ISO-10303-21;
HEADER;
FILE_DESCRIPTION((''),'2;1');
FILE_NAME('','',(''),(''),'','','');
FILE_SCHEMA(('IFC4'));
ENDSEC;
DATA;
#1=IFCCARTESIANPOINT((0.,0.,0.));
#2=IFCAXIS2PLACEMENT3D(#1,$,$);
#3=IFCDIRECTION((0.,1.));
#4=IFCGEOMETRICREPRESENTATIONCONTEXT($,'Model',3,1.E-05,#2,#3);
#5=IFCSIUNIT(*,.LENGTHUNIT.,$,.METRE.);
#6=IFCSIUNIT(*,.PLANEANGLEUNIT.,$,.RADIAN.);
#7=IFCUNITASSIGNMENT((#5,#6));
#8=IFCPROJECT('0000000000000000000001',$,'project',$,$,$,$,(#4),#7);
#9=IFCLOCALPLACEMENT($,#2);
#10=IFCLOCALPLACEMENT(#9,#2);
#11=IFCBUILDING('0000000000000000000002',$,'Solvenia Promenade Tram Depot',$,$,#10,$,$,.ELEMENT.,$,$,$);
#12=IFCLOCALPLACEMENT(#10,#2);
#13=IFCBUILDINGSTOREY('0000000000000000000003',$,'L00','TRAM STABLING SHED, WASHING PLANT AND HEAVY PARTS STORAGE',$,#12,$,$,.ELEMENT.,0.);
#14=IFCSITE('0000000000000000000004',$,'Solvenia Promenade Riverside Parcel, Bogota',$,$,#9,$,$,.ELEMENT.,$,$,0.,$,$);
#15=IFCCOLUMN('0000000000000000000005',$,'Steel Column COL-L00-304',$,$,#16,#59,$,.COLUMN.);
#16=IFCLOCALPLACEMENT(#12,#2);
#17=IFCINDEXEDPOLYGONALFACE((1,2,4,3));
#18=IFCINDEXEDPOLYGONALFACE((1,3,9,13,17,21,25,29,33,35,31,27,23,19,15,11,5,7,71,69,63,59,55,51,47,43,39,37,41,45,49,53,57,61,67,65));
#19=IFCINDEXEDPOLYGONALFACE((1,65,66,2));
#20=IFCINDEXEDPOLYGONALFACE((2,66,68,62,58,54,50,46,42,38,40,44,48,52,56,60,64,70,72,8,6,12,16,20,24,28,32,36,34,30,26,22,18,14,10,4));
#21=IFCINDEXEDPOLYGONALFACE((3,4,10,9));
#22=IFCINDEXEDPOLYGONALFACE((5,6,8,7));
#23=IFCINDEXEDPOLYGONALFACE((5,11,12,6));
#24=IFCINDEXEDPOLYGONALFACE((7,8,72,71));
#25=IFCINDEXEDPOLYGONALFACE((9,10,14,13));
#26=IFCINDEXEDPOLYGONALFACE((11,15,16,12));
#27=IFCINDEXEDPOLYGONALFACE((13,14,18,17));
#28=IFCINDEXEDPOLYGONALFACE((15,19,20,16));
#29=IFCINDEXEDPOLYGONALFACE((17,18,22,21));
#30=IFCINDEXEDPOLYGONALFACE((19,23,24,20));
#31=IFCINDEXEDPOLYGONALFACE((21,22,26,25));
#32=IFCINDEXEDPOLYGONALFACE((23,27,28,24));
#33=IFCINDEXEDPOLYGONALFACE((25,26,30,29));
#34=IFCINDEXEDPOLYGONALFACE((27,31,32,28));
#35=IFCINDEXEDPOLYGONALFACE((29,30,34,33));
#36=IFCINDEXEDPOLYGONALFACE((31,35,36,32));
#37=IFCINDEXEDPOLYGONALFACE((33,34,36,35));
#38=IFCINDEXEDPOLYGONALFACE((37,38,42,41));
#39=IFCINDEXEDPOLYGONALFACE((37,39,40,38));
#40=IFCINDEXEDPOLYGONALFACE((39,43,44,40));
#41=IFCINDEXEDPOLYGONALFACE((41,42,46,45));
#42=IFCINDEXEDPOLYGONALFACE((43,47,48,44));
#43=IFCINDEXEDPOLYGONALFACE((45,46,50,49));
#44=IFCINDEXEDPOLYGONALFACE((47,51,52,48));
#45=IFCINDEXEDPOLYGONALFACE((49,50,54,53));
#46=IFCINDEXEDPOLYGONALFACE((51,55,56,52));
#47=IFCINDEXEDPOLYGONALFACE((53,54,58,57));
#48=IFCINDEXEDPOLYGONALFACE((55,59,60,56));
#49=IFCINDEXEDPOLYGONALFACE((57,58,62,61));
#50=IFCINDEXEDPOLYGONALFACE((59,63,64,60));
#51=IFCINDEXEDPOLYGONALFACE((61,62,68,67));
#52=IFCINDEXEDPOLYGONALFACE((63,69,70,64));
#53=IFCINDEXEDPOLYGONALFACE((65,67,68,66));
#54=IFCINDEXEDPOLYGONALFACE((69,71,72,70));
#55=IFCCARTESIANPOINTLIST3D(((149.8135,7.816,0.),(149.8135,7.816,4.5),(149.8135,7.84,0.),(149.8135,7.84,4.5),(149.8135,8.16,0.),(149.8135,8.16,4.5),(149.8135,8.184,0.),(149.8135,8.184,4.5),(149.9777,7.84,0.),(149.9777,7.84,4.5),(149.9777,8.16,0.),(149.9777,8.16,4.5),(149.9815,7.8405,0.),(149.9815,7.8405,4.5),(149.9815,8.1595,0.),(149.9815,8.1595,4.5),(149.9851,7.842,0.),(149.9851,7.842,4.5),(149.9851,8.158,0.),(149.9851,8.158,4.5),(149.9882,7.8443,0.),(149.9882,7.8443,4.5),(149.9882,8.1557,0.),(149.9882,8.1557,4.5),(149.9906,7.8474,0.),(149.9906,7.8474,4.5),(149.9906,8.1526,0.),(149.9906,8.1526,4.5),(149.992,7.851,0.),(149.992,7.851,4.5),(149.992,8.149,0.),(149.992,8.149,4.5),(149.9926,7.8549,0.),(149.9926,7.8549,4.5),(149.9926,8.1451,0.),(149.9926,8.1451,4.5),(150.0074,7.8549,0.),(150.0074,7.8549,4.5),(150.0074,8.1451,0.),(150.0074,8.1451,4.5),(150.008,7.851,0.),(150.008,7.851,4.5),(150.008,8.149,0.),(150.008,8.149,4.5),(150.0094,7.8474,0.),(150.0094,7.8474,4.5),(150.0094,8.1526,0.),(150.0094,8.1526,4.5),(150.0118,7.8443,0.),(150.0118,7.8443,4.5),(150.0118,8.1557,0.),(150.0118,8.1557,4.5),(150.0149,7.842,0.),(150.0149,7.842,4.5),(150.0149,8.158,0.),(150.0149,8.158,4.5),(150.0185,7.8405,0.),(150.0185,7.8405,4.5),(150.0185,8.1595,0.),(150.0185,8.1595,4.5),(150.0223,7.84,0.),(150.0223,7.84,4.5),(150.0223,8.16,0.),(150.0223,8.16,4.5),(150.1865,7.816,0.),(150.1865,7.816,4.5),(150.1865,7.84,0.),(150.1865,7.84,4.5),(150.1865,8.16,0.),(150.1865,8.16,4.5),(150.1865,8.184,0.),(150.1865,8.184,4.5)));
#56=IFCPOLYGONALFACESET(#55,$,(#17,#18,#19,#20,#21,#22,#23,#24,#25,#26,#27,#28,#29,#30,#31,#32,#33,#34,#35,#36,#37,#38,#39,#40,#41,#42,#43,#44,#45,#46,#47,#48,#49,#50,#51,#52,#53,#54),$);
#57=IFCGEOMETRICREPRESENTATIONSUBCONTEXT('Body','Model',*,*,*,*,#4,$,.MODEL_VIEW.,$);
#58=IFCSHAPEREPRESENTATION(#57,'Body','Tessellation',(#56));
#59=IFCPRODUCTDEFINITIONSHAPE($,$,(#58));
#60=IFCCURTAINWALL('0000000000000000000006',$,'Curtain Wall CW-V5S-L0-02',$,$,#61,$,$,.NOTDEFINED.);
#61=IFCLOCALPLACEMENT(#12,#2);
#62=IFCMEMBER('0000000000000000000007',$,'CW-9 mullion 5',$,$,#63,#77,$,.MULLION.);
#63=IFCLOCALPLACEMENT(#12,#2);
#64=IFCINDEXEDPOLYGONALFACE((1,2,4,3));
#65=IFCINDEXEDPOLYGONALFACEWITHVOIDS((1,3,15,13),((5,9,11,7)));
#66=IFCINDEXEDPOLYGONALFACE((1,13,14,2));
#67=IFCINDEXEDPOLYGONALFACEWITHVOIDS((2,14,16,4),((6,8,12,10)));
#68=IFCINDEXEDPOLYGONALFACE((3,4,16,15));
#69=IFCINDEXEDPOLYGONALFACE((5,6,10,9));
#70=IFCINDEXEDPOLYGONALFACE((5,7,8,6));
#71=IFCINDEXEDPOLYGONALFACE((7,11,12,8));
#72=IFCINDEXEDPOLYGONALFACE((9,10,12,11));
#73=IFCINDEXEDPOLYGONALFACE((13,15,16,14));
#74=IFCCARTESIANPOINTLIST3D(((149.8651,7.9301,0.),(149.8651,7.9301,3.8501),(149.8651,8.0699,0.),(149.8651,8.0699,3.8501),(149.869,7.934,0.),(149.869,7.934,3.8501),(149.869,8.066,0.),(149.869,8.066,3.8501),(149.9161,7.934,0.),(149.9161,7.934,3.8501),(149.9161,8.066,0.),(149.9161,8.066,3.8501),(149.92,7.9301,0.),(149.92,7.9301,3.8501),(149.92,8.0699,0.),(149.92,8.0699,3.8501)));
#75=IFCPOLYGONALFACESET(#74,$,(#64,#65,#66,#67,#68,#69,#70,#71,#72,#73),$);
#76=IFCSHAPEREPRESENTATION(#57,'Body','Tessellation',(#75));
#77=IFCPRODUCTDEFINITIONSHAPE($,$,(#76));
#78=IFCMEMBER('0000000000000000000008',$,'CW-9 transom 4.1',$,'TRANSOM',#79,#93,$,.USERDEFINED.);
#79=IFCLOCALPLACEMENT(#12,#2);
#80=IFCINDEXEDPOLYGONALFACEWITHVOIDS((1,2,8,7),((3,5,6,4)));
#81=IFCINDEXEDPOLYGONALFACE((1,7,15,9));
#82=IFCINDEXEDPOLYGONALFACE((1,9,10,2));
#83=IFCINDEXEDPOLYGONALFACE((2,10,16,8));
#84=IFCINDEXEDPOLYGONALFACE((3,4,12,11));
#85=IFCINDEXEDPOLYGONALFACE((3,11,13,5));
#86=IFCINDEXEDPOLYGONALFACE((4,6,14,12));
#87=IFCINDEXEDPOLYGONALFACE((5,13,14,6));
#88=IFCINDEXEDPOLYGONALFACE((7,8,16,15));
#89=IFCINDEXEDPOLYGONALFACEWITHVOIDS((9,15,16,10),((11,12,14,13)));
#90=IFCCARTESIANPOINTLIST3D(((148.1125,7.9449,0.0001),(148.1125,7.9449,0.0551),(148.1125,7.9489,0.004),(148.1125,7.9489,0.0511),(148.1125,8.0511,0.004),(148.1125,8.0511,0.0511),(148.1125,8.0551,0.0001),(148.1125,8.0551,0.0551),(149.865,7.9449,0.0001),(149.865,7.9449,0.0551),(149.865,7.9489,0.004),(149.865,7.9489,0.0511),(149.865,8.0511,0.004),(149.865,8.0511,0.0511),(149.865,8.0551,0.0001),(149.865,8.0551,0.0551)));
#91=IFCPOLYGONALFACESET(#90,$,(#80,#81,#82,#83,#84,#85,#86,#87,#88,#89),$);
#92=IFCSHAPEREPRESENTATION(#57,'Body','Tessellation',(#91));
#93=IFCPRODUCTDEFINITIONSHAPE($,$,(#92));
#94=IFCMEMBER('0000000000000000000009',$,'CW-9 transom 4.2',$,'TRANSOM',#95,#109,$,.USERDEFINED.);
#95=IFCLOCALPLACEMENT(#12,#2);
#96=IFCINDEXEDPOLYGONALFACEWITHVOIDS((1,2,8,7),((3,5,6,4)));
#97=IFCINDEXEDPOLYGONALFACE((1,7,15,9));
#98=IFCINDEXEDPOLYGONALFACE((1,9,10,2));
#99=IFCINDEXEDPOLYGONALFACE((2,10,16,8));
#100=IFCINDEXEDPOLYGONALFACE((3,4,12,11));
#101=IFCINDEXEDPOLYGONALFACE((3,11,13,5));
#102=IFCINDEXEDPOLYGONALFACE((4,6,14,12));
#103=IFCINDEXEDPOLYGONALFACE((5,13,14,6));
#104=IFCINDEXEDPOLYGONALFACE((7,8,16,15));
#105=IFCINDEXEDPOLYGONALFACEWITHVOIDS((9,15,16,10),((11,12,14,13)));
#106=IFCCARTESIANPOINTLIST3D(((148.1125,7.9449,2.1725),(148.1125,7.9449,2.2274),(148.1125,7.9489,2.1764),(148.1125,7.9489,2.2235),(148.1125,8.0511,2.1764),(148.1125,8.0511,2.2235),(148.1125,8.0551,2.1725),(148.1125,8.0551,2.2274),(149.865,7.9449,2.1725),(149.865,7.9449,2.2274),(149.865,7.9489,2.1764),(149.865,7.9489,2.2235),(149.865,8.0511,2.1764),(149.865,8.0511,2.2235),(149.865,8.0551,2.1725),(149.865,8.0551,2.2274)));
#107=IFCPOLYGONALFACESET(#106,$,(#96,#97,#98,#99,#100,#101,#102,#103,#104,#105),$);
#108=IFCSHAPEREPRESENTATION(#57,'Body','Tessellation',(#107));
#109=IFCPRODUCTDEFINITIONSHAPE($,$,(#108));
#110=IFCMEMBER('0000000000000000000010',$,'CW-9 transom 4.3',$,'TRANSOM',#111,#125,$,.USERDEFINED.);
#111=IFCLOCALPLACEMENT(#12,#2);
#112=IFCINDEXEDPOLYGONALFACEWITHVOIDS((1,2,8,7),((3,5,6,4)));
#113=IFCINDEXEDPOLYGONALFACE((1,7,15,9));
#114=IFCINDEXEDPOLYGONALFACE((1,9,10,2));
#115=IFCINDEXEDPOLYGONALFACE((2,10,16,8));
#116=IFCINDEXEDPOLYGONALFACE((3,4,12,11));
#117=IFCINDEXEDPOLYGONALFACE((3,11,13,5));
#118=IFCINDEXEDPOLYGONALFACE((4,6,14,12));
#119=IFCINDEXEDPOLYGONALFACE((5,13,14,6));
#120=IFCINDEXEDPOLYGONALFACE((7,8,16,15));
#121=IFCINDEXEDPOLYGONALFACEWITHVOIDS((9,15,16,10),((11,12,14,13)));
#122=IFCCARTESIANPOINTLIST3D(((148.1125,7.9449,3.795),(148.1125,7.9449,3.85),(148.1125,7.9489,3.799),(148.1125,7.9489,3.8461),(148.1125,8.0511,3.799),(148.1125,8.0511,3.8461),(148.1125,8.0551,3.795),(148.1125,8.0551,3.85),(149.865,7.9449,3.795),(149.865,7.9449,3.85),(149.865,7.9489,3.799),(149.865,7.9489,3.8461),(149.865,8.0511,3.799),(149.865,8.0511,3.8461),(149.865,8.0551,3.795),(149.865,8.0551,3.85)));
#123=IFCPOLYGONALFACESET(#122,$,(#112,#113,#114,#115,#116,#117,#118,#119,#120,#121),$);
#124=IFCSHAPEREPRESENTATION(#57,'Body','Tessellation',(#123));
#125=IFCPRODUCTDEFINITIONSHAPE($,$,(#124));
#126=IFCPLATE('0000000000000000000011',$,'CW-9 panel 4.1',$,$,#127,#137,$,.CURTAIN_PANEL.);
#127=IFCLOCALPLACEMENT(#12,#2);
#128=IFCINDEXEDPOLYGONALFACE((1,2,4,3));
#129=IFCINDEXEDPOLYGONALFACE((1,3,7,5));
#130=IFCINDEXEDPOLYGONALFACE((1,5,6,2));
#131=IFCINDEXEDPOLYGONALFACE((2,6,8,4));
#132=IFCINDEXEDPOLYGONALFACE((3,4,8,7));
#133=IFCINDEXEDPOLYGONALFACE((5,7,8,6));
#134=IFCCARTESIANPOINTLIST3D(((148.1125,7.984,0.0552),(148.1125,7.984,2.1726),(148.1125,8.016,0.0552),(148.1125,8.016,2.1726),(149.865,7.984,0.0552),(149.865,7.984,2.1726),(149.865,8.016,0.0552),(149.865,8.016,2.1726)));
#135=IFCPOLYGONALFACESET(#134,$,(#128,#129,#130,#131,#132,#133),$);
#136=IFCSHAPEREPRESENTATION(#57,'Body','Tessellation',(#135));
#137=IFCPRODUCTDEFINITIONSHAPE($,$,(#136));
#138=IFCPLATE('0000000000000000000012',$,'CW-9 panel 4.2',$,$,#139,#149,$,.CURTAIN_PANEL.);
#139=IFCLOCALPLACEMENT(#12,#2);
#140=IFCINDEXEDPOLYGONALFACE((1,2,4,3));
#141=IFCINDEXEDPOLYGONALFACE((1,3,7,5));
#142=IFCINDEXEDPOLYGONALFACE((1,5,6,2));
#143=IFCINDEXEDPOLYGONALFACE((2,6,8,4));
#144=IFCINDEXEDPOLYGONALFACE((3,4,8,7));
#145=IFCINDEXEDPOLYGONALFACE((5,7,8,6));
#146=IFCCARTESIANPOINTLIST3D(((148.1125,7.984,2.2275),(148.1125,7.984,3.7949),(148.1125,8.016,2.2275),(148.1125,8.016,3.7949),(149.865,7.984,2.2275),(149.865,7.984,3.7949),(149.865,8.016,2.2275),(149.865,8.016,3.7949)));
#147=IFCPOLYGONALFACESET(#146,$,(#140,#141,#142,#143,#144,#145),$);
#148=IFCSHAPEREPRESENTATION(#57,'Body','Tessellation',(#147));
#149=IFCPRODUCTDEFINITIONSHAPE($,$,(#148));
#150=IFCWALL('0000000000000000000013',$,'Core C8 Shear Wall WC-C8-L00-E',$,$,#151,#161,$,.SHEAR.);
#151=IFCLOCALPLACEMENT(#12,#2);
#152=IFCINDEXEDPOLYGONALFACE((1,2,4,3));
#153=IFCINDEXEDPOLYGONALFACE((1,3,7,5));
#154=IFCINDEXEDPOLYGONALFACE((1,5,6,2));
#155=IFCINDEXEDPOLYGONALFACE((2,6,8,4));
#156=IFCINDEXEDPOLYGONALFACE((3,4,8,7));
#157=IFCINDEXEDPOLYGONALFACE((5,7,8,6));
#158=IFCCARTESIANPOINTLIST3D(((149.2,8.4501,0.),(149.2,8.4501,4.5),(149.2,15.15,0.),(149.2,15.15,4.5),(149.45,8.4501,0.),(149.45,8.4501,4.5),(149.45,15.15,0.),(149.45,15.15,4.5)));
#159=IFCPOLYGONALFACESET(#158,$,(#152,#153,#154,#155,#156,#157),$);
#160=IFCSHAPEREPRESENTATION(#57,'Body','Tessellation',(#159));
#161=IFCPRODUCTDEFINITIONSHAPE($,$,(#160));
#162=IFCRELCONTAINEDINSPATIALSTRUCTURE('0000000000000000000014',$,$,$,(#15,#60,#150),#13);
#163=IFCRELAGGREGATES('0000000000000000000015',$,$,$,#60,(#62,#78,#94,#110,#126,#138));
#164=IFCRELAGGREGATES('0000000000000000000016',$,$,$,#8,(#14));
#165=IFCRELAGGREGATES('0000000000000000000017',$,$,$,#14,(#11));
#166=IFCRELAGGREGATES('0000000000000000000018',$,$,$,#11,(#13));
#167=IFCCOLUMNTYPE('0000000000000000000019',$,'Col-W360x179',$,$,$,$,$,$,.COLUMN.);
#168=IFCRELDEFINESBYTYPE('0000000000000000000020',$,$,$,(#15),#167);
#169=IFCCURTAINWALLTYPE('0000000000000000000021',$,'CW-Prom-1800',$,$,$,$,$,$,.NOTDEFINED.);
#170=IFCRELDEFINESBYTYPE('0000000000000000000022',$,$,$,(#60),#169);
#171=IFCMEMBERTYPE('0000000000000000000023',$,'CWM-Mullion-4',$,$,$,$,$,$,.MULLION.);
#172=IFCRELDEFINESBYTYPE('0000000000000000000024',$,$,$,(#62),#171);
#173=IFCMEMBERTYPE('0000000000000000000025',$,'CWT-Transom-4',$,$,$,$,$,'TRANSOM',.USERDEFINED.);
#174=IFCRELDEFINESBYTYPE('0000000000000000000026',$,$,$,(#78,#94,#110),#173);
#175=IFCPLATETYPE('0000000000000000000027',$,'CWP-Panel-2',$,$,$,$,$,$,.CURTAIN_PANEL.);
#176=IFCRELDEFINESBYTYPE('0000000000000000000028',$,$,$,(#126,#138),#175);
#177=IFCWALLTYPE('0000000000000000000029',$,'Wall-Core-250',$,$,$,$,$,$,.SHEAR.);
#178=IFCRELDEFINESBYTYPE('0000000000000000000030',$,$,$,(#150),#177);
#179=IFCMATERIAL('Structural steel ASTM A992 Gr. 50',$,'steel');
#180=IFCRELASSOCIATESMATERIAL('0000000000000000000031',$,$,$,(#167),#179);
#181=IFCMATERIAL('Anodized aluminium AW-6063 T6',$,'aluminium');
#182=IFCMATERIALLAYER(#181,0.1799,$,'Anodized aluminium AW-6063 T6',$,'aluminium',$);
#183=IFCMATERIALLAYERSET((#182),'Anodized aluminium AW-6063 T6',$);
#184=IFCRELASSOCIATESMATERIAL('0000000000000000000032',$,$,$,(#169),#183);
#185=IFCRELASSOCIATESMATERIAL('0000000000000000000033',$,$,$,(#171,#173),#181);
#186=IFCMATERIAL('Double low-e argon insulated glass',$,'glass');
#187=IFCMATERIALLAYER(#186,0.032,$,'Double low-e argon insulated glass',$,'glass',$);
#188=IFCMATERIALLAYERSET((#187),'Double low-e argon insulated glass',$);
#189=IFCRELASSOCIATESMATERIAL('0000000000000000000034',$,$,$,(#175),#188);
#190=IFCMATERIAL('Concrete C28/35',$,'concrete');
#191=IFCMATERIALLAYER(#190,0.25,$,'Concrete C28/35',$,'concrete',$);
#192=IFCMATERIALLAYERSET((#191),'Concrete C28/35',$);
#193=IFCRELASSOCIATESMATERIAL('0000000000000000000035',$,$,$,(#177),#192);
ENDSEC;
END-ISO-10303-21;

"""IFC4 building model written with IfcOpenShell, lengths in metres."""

from ifc_helpers import new_model, si_unit, direction, frame, frame_2d, origin, origin_2d, place, context, subcontext, project, spatial, rectangle, hollow_rectangle, i_section, extrude, material, layer, layer_set, material_profile, profile_set, type_object, element, aggregate, save


model = new_model("IFC4")

# Units and contexts
model_context = context("Model", 3, precision=1e-05, world=origin(), true_north=direction((0.0, 1.0)))
body_context = subcontext(model_context, "Body", "Model", "MODEL_VIEW")
ifc_project = project(units=[si_unit("LENGTHUNIT", "METRE"), si_unit("PLANEANGLEUNIT", "RADIAN")], contexts=[model_context])

# Site, building, storey
site_placement = place(None, origin())
site = spatial("IfcSite", under=ifc_project, at=site_placement, Name="Solvenia Promenade Riverside Parcel, Bogota", CompositionType="ELEMENT", RefElevation=0.0)
building_placement = place(site_placement, origin())
building = spatial("IfcBuilding", under=site, at=building_placement, Name="Solvenia Promenade Tram Depot", CompositionType="ELEMENT")
storey_placement = place(building_placement, origin())
storey = spatial("IfcBuildingStorey", under=building, at=storey_placement, Name="L00", Description="TRAM STABLING SHED, WASHING PLANT AND HEAVY PARTS STORAGE", CompositionType="ELEMENT", Elevation=0.0)

# Shared definitions
ifc_material_1 = material(Name="Concrete C28/35", Category="concrete")

# Column
ifc_material_2 = material(Name="Structural steel ASTM A992 Gr. 50", Category="steel")
ifc_material_profile_1 = material_profile(ifc_material_2, i_section(OverallWidth=0.373, OverallDepth=0.3679, WebThickness=0.0149, FlangeThickness=0.0239, FilletRadius=0.0149, at=origin_2d()), Name="W360x179", Category="steel")
ifc_profile_set_1 = profile_set([ifc_material_profile_1], Name="Structural steel ASTM A992 Gr. 50")
column_type = type_object("IfcColumnType", Name="Col-W360x179", PredefinedType="COLUMN", material=ifc_profile_set_1)
column_placement = place(storey_placement, frame((150.0, 8.0, 0.0), z_axis=(0.0, 0.0, 1.0), x_axis=(1.0, 0.0, 0.0)))
element("IfcColumn", 1, at=column_placement, inside=storey, type_object=column_type, Name="Steel Column COL-L00-304", PredefinedType="COLUMN", context=body_context, shape_type="SweptSolid", body=[
    extrude(i_section(OverallWidth=0.373, OverallDepth=0.3679, WebThickness=0.0149, FlangeThickness=0.0239, FilletRadius=0.0149, at=origin_2d()), origin(), (0.0, 0.0, 1.0), 4.5),
])

# Curtain wall, members, plates
ifc_material_3 = material(Name="Anodized aluminium AW-6063 T6", Category="aluminium")
ifc_layer_1 = layer(ifc_material_3, 0.1799, Name="Anodized aluminium AW-6063 T6", Category="aluminium")
ifc_layer_set_1 = layer_set([ifc_layer_1], Name="Anodized aluminium AW-6063 T6")
curtain_wall_type = type_object("IfcCurtainWallType", Name="CW-Prom-1800", PredefinedType="NOTDEFINED", material=ifc_layer_set_1)
curtain_wall_placement = place(storey_placement, origin())
curtain_wall = element("IfcCurtainWall", 2, at=curtain_wall_placement, inside=storey, type_object=curtain_wall_type, Name="Curtain Wall CW-V5S-L0-02", PredefinedType="NOTDEFINED")
ifc_material_profile_2 = material_profile(ifc_material_3, hollow_rectangle(XDim=0.1399, YDim=0.0549, WallThickness=0.0039, at=origin_2d()), Name="ALU-M4", Category="aluminium")
ifc_profile_set_2 = profile_set([ifc_material_profile_2], Name="Anodized aluminium AW-6063 T6")
member_type_1 = type_object("IfcMemberType", Name="CWM-Mullion-4", PredefinedType="MULLION", material=ifc_profile_set_2)
member_1_placement = place(storey_placement, frame((149.8926, 8.0, 0.0), z_axis=(0.0, 0.0, 1.0), x_axis=(0.0, 1.0, 0.0)))
member_1 = element("IfcMember", 3, at=member_1_placement, type_object=member_type_1, Name="CW-9 mullion 5", PredefinedType="MULLION", context=body_context, shape_type="SweptSolid", body=[
    extrude(hollow_rectangle(XDim=0.1399, YDim=0.0549, WallThickness=0.0039, at=origin_2d()), origin(), (0.0, 0.0, 1.0), 3.8501),
])
ifc_material_profile_3 = material_profile(ifc_material_3, hollow_rectangle(XDim=0.1101, YDim=0.0549, WallThickness=0.0039, at=origin_2d()), Name="ALU-T4", Category="aluminium")
ifc_profile_set_3 = profile_set([ifc_material_profile_3], Name="Anodized aluminium AW-6063 T6")
member_type_2 = type_object("IfcMemberType", Name="CWT-Transom-4", ElementType="TRANSOM", PredefinedType="USERDEFINED", material=ifc_profile_set_3)
member_2_placement = place(storey_placement, frame((148.1125, 8.0, 0.0276), z_axis=(1.0, 0.0, 0.0), x_axis=(0.0, 1.0, 0.0)))
member_2 = element("IfcMember", 4, at=member_2_placement, type_object=member_type_2, Name="CW-9 transom 4.1", ObjectType="TRANSOM", PredefinedType="USERDEFINED", context=body_context, shape_type="SweptSolid", body=[
    extrude(hollow_rectangle(XDim=0.1101, YDim=0.0549, WallThickness=0.0039, at=origin_2d()), origin(), (0.0, 0.0, 1.0), 1.7524),
])
member_3_placement = place(storey_placement, frame((148.1125, 8.0, 2.2), z_axis=(1.0, 0.0, 0.0), x_axis=(0.0, 1.0, 0.0)))
member_3 = element("IfcMember", 5, at=member_3_placement, type_object=member_type_2, Name="CW-9 transom 4.2", ObjectType="TRANSOM", PredefinedType="USERDEFINED", context=body_context, shape_type="SweptSolid", body=[
    extrude(hollow_rectangle(XDim=0.1101, YDim=0.0549, WallThickness=0.0039, at=origin_2d()), origin(), (0.0, 0.0, 1.0), 1.7524),
])
member_4_placement = place(storey_placement, frame((148.1125, 8.0, 3.8225), z_axis=(1.0, 0.0, 0.0), x_axis=(0.0, 1.0, 0.0)))
member_4 = element("IfcMember", 6, at=member_4_placement, type_object=member_type_2, Name="CW-9 transom 4.3", ObjectType="TRANSOM", PredefinedType="USERDEFINED", context=body_context, shape_type="SweptSolid", body=[
    extrude(hollow_rectangle(XDim=0.1101, YDim=0.0549, WallThickness=0.0039, at=origin_2d()), origin(), (0.0, 0.0, 1.0), 1.7524),
])
ifc_material_4 = material(Name="Double low-e argon insulated glass", Category="glass")
ifc_layer_2 = layer(ifc_material_4, 0.032, Name="Double low-e argon insulated glass", Category="glass")
ifc_layer_set_2 = layer_set([ifc_layer_2], Name="Double low-e argon insulated glass")
plate_type = type_object("IfcPlateType", Name="CWP-Panel-2", PredefinedType="CURTAIN_PANEL", material=ifc_layer_set_2)
plate_1_placement = place(storey_placement, frame((148.9888, 8.0, 0.0552), z_axis=(0.0, 0.0, 1.0), x_axis=(1.0, 0.0, 0.0)))
plate_1 = element("IfcPlate", 7, at=plate_1_placement, type_object=plate_type, Name="CW-9 panel 4.1", PredefinedType="CURTAIN_PANEL", context=body_context, shape_type="SweptSolid", body=[
    extrude(rectangle(XDim=1.7524, YDim=0.032, at=origin_2d()), origin(), (0.0, 0.0, 1.0), 2.1174),
])
plate_2_placement = place(storey_placement, frame((148.9888, 8.0, 2.2275), z_axis=(0.0, 0.0, 1.0), x_axis=(1.0, 0.0, 0.0)))
plate_2 = element("IfcPlate", 8, at=plate_2_placement, type_object=plate_type, Name="CW-9 panel 4.2", PredefinedType="CURTAIN_PANEL", context=body_context, shape_type="SweptSolid", body=[
    extrude(rectangle(XDim=1.7524, YDim=0.032, at=origin_2d()), origin(), (0.0, 0.0, 1.0), 1.5674),
])
aggregate(curtain_wall, [member_1, member_2, member_3, member_4, plate_1, plate_2])

# Wall
ifc_layer_3 = layer(ifc_material_1, 0.25, Name="Concrete C28/35", Category="concrete")
ifc_layer_set_3 = layer_set([ifc_layer_3], Name="Concrete C28/35")
wall_type_1 = type_object("IfcWallType", Name="Wall-Core-250", PredefinedType="SHEAR", material=ifc_layer_set_3)
wall_1_placement = place(storey_placement, frame((149.325, 8.45, 0.0), z_axis=(0.0, 0.0, 1.0), x_axis=(0.0, 1.0, 0.0)))
element("IfcWall", 9, at=wall_1_placement, inside=storey, type_object=wall_type_1, Name="Core C8 Shear Wall WC-C8-L00-E", PredefinedType="SHEAR", context=body_context, shape_type="SweptSolid", body=[
    extrude(rectangle(XDim=6.7, YDim=0.25, at=frame_2d((3.3501, 0.0))), origin(), (0.0, 0.0, 1.0), 4.5),
])

save(model, "model.ifc")
